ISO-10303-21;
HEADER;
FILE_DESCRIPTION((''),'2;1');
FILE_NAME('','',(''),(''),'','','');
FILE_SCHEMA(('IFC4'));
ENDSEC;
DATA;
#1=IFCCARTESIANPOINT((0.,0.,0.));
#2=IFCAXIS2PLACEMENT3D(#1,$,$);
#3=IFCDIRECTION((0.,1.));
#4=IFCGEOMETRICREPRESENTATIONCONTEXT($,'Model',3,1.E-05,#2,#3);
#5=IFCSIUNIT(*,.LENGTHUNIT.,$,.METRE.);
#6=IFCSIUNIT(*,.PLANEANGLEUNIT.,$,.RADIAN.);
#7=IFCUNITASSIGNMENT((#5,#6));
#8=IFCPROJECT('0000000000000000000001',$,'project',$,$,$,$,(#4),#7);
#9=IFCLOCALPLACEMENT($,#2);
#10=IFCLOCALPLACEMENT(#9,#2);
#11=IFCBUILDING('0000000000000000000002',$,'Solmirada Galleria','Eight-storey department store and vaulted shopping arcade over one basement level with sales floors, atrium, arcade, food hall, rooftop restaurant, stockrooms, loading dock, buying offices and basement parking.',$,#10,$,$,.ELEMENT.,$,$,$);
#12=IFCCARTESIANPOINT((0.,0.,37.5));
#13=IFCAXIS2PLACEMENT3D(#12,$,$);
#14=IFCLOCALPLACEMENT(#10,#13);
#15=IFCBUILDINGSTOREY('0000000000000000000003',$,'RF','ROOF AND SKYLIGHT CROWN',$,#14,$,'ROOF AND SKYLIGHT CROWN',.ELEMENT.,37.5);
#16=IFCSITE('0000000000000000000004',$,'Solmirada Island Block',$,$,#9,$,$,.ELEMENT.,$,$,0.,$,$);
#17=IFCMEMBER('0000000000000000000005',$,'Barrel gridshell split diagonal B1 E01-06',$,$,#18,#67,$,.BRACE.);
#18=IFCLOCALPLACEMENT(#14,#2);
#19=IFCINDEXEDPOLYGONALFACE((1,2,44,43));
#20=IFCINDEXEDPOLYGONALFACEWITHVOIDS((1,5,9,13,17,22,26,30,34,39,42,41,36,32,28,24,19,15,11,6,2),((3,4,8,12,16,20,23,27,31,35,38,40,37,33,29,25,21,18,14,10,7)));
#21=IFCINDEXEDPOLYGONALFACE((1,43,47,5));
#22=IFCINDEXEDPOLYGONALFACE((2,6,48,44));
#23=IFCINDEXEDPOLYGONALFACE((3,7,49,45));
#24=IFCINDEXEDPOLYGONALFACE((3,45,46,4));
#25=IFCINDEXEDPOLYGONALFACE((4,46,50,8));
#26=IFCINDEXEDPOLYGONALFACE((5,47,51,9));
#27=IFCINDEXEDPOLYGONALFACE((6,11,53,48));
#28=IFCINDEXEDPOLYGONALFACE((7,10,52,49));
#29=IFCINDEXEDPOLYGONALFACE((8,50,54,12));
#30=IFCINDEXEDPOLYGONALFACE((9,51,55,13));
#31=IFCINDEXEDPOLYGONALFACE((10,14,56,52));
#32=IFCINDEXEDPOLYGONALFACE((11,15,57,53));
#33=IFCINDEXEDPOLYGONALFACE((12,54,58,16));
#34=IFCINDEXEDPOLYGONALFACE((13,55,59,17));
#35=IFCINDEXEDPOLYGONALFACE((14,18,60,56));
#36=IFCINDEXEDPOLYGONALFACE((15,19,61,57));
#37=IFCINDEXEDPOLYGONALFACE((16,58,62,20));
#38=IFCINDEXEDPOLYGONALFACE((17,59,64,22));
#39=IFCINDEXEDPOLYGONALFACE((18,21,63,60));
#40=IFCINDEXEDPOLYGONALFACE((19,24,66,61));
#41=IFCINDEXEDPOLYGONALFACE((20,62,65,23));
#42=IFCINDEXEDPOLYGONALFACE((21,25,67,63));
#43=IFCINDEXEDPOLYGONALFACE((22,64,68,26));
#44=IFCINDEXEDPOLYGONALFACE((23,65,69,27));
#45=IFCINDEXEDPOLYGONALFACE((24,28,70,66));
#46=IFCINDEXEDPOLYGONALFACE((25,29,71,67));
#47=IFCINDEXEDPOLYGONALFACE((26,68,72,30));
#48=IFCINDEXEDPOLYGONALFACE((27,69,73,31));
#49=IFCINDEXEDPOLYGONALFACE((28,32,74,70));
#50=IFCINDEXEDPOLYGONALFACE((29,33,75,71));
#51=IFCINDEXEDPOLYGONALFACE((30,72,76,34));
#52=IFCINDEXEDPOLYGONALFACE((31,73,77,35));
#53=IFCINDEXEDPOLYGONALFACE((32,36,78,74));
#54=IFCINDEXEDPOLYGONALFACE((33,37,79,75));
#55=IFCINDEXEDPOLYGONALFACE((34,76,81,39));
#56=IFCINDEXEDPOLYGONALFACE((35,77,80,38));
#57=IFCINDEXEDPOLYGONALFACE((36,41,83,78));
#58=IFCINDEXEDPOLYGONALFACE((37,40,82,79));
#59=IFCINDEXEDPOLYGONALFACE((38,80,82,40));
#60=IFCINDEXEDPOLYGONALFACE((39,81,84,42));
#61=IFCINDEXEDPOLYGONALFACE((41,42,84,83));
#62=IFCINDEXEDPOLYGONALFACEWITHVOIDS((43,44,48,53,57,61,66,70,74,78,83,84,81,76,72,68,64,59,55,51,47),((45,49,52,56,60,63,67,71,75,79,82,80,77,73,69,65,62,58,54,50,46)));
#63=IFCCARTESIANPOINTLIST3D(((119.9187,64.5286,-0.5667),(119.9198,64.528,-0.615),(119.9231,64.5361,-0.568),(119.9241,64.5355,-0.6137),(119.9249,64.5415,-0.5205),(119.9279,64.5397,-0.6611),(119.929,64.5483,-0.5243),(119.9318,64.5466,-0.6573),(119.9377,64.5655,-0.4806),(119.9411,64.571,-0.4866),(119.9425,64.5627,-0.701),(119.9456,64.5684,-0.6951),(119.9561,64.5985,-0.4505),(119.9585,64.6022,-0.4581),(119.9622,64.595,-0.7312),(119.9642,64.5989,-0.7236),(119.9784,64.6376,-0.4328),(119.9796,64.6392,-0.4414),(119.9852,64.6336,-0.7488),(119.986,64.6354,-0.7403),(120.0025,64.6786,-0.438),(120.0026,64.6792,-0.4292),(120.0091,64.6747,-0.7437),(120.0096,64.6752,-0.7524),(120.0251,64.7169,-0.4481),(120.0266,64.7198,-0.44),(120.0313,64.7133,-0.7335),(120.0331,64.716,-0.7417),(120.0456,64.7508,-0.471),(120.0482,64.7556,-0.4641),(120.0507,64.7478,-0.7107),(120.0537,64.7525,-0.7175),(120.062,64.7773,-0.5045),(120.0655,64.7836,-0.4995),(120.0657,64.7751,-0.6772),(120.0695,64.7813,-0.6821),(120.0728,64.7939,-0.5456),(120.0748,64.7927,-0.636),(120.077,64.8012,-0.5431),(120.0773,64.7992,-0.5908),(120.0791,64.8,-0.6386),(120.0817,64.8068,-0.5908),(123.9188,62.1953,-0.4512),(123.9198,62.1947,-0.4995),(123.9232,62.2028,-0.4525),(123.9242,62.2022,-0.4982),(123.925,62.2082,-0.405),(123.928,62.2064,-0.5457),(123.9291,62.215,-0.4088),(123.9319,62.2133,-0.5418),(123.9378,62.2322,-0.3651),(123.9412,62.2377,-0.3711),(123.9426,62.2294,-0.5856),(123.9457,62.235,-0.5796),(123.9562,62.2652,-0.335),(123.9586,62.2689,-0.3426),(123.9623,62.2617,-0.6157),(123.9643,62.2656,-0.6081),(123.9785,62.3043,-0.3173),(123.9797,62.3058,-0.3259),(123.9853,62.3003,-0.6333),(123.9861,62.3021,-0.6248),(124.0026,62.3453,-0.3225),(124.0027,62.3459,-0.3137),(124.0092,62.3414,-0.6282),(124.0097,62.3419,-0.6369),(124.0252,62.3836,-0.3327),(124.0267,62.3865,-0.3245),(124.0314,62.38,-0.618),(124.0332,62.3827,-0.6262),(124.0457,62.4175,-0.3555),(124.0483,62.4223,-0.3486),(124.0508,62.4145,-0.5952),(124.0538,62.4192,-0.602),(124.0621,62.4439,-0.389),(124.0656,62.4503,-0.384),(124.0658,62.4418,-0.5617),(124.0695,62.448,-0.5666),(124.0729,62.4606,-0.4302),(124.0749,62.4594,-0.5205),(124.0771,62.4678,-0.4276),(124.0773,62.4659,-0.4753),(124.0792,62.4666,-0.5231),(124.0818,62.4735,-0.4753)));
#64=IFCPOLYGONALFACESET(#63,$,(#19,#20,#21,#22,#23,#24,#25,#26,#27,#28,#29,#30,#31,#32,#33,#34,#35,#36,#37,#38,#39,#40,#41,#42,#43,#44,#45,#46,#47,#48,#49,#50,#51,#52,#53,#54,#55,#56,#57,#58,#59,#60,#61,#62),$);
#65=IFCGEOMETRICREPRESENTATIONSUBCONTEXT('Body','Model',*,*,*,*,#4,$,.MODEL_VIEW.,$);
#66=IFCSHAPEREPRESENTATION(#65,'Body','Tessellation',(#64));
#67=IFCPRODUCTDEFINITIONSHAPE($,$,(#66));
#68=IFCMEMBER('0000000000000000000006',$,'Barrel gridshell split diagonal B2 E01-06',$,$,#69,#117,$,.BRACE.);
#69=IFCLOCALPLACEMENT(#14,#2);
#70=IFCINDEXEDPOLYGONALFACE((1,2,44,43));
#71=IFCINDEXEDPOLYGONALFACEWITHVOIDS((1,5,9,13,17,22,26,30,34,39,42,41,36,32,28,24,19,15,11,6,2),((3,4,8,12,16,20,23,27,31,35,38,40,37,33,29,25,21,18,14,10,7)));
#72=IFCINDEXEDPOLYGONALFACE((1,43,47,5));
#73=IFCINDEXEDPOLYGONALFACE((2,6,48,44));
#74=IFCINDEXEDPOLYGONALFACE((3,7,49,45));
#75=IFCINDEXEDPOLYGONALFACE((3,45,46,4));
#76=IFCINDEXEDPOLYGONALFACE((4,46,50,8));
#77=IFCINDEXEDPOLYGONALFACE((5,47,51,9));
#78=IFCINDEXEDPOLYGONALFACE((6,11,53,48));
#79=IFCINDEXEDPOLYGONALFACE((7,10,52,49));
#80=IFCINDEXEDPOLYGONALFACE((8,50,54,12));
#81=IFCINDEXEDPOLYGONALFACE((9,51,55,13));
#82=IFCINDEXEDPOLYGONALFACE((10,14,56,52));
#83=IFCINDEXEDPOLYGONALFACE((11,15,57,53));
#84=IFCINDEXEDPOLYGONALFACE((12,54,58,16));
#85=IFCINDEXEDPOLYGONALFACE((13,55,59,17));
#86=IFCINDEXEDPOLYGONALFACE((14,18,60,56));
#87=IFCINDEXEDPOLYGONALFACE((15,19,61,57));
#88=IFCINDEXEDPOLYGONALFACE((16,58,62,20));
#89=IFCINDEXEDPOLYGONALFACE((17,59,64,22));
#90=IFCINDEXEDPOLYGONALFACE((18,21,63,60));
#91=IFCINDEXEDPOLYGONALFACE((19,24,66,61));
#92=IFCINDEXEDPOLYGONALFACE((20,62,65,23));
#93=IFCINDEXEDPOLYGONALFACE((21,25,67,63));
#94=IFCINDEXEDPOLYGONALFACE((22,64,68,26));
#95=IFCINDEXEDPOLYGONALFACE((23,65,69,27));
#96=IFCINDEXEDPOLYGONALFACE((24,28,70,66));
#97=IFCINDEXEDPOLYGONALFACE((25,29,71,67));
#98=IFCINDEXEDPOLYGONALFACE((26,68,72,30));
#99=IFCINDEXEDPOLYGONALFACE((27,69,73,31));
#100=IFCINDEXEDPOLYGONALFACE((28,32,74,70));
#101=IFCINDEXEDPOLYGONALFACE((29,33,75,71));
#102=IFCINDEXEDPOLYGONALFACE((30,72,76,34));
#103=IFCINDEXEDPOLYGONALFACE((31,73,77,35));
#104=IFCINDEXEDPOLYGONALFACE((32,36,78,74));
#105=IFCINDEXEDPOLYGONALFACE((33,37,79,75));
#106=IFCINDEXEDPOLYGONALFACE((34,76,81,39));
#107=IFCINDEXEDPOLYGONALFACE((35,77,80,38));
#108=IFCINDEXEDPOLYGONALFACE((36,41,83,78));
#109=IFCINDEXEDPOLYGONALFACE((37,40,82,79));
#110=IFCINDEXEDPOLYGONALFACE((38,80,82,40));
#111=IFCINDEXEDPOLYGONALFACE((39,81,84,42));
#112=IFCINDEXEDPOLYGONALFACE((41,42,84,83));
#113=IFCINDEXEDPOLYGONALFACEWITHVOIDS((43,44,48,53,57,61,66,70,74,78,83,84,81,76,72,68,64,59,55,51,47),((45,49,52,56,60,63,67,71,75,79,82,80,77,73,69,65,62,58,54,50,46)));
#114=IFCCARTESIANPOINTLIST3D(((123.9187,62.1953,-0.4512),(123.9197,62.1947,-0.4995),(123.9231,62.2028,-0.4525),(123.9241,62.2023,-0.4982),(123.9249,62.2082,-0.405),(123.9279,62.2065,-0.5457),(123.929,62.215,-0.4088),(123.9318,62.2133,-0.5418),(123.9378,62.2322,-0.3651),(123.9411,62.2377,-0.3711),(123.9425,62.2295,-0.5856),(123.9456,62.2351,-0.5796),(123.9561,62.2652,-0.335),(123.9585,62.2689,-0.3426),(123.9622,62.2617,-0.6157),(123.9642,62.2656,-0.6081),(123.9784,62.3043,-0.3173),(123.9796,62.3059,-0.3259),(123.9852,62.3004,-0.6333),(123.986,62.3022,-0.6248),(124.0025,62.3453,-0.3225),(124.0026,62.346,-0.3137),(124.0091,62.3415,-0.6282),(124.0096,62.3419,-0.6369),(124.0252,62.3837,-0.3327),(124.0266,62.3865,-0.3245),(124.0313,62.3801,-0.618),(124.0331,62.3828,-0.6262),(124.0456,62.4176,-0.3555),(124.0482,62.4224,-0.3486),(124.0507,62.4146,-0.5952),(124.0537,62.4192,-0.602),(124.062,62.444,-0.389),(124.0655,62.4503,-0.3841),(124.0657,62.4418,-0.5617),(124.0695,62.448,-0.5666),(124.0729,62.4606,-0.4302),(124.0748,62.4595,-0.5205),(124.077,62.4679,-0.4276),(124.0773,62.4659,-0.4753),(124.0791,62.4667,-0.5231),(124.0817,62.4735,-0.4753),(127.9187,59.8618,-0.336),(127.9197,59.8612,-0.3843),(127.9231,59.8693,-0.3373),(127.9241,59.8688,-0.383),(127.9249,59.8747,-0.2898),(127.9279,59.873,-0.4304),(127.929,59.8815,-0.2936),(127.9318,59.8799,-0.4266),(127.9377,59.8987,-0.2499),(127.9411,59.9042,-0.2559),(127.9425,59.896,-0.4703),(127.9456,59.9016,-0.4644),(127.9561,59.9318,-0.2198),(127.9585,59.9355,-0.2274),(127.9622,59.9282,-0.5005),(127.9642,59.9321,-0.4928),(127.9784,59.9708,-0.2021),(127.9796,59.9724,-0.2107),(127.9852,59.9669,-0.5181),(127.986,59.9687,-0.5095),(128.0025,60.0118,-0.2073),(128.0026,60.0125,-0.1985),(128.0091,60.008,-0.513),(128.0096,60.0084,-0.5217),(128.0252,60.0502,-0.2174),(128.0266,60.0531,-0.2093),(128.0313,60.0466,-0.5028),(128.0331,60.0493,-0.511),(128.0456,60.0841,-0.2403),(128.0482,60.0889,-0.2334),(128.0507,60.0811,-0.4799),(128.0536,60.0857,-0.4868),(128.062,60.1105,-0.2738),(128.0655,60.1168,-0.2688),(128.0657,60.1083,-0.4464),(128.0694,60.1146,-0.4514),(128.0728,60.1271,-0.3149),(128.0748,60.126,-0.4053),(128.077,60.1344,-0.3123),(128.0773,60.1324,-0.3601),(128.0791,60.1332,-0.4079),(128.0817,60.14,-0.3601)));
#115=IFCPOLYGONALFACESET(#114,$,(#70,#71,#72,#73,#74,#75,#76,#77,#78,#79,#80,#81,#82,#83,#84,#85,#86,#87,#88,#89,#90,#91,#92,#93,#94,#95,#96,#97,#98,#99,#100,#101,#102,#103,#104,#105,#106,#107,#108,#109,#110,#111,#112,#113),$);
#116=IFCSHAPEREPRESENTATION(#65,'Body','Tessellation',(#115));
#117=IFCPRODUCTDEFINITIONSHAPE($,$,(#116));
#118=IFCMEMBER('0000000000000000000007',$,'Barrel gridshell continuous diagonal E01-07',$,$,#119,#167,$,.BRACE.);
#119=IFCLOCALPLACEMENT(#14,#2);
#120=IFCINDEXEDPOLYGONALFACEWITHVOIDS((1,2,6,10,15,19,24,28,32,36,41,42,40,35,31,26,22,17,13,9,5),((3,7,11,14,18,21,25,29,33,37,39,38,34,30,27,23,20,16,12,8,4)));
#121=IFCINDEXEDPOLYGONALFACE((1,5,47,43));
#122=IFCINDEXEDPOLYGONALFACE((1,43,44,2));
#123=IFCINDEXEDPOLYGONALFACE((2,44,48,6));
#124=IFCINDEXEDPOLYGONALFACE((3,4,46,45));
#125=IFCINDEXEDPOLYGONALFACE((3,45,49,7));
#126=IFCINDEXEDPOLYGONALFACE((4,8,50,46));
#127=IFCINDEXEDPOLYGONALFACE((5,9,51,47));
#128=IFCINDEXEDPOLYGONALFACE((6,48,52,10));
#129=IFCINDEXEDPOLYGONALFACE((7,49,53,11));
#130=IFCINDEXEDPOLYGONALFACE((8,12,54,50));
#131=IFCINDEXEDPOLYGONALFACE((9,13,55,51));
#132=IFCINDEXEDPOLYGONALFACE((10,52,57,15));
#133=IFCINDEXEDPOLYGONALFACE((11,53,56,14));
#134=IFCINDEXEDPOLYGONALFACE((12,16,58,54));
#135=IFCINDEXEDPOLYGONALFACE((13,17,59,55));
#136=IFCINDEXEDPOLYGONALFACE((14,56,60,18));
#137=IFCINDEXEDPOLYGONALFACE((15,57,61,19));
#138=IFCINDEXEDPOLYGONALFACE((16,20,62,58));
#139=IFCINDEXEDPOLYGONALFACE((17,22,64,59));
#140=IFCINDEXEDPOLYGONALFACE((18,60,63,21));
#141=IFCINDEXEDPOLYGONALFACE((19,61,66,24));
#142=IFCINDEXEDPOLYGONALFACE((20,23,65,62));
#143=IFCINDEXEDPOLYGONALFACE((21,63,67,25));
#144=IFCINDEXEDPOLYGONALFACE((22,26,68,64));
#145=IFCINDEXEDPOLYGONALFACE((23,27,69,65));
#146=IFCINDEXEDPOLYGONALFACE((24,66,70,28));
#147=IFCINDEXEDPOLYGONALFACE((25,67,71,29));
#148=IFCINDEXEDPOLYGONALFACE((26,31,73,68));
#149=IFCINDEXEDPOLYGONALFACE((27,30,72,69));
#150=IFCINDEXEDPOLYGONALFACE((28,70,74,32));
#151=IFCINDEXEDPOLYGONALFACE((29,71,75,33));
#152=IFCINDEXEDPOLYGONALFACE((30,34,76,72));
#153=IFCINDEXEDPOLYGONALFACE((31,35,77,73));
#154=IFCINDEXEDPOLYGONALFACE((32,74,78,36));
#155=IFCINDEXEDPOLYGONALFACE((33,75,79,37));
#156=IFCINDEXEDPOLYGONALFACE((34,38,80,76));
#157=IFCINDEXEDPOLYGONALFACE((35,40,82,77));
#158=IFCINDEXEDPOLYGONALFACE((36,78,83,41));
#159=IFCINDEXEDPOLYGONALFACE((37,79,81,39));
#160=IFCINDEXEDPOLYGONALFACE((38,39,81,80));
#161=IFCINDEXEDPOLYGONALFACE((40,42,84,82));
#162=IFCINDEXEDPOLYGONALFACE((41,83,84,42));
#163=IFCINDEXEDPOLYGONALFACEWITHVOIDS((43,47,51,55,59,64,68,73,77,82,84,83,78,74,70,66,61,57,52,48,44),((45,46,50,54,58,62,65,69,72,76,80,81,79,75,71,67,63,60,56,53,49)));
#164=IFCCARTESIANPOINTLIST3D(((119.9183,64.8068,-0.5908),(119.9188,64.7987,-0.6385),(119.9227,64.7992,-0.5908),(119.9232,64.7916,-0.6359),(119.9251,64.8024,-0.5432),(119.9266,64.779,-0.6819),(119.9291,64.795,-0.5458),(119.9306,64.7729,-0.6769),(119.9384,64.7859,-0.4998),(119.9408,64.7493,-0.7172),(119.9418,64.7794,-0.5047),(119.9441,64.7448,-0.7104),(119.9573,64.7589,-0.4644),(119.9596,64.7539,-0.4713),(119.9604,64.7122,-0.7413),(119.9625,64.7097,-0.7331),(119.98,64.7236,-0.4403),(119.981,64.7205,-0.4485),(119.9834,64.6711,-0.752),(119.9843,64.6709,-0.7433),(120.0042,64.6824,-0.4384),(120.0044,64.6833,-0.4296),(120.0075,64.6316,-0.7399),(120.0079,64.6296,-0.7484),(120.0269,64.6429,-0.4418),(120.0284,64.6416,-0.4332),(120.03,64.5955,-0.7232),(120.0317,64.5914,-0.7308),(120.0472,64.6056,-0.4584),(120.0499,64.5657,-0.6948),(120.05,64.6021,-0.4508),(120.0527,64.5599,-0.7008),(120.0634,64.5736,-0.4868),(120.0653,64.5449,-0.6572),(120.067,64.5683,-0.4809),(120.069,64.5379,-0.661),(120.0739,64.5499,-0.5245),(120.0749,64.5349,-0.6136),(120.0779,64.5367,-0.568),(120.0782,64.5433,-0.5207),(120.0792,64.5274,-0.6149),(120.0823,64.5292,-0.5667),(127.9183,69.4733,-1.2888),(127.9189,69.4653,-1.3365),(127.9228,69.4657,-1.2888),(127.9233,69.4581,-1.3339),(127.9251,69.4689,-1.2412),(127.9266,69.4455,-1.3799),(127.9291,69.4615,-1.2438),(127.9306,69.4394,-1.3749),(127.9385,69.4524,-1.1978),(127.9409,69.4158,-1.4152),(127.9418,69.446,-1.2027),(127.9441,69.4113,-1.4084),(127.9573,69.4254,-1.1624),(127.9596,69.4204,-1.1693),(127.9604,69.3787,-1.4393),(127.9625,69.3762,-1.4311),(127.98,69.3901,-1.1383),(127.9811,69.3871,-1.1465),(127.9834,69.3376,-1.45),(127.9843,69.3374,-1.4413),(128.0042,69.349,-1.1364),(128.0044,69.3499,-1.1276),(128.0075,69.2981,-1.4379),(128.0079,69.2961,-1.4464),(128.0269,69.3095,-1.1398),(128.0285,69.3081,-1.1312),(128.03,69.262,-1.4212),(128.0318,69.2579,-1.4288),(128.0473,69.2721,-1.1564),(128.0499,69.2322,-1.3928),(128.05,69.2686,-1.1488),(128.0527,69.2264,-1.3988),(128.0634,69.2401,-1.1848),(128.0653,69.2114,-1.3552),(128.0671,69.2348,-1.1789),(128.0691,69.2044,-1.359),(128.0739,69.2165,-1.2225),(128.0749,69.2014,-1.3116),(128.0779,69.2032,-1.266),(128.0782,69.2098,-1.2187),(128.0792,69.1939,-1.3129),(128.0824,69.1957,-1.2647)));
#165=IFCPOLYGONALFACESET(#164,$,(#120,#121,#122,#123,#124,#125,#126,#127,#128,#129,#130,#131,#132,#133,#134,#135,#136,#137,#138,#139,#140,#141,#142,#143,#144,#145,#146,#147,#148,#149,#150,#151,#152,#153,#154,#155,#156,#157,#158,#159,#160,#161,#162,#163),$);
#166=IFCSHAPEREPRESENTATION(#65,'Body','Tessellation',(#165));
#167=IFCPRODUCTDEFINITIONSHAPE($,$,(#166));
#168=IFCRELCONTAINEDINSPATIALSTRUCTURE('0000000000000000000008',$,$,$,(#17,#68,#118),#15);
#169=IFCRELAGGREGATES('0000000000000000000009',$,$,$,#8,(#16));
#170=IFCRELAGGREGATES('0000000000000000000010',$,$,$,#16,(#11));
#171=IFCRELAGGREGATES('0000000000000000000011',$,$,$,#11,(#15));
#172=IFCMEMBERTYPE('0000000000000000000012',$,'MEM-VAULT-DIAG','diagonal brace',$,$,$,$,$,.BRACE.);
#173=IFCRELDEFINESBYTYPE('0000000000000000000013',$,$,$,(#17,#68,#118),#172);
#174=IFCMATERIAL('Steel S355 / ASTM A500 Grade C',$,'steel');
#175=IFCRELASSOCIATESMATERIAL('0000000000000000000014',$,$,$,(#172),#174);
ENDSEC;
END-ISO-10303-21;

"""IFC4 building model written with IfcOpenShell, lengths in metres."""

from ifc_helpers import new_model, si_unit, direction, frame, origin, origin_2d, place, context, subcontext, project, spatial, hollow_circle, extrude, material, material_profile, profile_set, type_object, element, save


model = new_model("IFC4")

# Units and contexts
model_context = context("Model", 3, precision=1e-05, world=origin(), true_north=direction((0.0, 1.0)))
body_context = subcontext(model_context, "Body", "Model", "MODEL_VIEW")
ifc_project = project(units=[si_unit("LENGTHUNIT", "METRE"), si_unit("PLANEANGLEUNIT", "RADIAN")], contexts=[model_context])

# Site, building, storey
site_placement = place(None, origin())
site = spatial("IfcSite", under=ifc_project, at=site_placement, Name="Solmirada Island Block", CompositionType="ELEMENT", RefElevation=0.0)
building_placement = place(site_placement, origin())
building = spatial("IfcBuilding", under=site, at=building_placement, Name="Solmirada Galleria", Description="Eight-storey department store and vaulted shopping arcade over one basement level with sales floors, atrium, arcade, food hall, rooftop restaurant, stockrooms, loading dock, buying offices and basement parking.", CompositionType="ELEMENT")
storey_placement = place(building_placement, frame((0.0, 0.0, 37.5)))
storey = spatial("IfcBuildingStorey", under=building, at=storey_placement, Name="RF", Description="ROOF AND SKYLIGHT CROWN", LongName="ROOF AND SKYLIGHT CROWN", CompositionType="ELEMENT", Elevation=37.5)

# Members
ifc_material_1 = material(Name="Steel S355 / ASTM A500 Grade C", Category="steel")
ifc_material_profile_1 = material_profile(ifc_material_1, hollow_circle(Radius=0.1621, WallThickness=0.0088, at=origin_2d()), Name="HSS12.750X0.375")
ifc_profile_set_1 = profile_set([ifc_material_profile_1], Name="Steel S355 / ASTM A500 Grade C")
member_type_1 = type_object("IfcMemberType", Name="MEM-VAULT-DIAG", Description="diagonal brace", PredefinedType="BRACE", material=ifc_profile_set_1)
for number, where, z_axis, x_axis, name in (
    (1, (120.0, 64.6667, -0.5908), (0.863518, -0.503701, 0.024929), (0.503858, 0.863787, 0.0), "Barrel gridshell split diagonal B1 E01-06"),
    (2, (124.0, 62.3335, -0.4753), (0.863496, -0.503741, 0.024876), (0.503897, 0.863764, 0.0), "Barrel gridshell split diagonal B2 E01-06"),
):
    element("IfcMember", number, at=place(storey_placement, frame(where, z_axis=z_axis, x_axis=x_axis)), inside=storey, type_object=member_type_1, Name=name, PredefinedType="BRACE", context=body_context, shape_type="SweptSolid", body=[
        extrude(hollow_circle(Radius=0.1621, WallThickness=0.0088, at=origin_2d()), origin(), (0.0, 0.0, 1.0), 4.6323),
    ])
member_1_placement = place(storey_placement, frame((120.0, 64.6667, -0.5908), z_axis=(0.861344, 0.502433, -0.075152), x_axis=(-0.503858, 0.863787, 0.0)))
element("IfcMember", 3, at=member_1_placement, inside=storey, type_object=member_type_1, Name="Barrel gridshell continuous diagonal E01-07", PredefinedType="BRACE", context=body_context, shape_type="SweptSolid", body=[
    extrude(hollow_circle(Radius=0.1621, WallThickness=0.0088, at=origin_2d()), origin(), (0.0, 0.0, 1.0), 9.2878),
])

save(model, "model.ifc")
